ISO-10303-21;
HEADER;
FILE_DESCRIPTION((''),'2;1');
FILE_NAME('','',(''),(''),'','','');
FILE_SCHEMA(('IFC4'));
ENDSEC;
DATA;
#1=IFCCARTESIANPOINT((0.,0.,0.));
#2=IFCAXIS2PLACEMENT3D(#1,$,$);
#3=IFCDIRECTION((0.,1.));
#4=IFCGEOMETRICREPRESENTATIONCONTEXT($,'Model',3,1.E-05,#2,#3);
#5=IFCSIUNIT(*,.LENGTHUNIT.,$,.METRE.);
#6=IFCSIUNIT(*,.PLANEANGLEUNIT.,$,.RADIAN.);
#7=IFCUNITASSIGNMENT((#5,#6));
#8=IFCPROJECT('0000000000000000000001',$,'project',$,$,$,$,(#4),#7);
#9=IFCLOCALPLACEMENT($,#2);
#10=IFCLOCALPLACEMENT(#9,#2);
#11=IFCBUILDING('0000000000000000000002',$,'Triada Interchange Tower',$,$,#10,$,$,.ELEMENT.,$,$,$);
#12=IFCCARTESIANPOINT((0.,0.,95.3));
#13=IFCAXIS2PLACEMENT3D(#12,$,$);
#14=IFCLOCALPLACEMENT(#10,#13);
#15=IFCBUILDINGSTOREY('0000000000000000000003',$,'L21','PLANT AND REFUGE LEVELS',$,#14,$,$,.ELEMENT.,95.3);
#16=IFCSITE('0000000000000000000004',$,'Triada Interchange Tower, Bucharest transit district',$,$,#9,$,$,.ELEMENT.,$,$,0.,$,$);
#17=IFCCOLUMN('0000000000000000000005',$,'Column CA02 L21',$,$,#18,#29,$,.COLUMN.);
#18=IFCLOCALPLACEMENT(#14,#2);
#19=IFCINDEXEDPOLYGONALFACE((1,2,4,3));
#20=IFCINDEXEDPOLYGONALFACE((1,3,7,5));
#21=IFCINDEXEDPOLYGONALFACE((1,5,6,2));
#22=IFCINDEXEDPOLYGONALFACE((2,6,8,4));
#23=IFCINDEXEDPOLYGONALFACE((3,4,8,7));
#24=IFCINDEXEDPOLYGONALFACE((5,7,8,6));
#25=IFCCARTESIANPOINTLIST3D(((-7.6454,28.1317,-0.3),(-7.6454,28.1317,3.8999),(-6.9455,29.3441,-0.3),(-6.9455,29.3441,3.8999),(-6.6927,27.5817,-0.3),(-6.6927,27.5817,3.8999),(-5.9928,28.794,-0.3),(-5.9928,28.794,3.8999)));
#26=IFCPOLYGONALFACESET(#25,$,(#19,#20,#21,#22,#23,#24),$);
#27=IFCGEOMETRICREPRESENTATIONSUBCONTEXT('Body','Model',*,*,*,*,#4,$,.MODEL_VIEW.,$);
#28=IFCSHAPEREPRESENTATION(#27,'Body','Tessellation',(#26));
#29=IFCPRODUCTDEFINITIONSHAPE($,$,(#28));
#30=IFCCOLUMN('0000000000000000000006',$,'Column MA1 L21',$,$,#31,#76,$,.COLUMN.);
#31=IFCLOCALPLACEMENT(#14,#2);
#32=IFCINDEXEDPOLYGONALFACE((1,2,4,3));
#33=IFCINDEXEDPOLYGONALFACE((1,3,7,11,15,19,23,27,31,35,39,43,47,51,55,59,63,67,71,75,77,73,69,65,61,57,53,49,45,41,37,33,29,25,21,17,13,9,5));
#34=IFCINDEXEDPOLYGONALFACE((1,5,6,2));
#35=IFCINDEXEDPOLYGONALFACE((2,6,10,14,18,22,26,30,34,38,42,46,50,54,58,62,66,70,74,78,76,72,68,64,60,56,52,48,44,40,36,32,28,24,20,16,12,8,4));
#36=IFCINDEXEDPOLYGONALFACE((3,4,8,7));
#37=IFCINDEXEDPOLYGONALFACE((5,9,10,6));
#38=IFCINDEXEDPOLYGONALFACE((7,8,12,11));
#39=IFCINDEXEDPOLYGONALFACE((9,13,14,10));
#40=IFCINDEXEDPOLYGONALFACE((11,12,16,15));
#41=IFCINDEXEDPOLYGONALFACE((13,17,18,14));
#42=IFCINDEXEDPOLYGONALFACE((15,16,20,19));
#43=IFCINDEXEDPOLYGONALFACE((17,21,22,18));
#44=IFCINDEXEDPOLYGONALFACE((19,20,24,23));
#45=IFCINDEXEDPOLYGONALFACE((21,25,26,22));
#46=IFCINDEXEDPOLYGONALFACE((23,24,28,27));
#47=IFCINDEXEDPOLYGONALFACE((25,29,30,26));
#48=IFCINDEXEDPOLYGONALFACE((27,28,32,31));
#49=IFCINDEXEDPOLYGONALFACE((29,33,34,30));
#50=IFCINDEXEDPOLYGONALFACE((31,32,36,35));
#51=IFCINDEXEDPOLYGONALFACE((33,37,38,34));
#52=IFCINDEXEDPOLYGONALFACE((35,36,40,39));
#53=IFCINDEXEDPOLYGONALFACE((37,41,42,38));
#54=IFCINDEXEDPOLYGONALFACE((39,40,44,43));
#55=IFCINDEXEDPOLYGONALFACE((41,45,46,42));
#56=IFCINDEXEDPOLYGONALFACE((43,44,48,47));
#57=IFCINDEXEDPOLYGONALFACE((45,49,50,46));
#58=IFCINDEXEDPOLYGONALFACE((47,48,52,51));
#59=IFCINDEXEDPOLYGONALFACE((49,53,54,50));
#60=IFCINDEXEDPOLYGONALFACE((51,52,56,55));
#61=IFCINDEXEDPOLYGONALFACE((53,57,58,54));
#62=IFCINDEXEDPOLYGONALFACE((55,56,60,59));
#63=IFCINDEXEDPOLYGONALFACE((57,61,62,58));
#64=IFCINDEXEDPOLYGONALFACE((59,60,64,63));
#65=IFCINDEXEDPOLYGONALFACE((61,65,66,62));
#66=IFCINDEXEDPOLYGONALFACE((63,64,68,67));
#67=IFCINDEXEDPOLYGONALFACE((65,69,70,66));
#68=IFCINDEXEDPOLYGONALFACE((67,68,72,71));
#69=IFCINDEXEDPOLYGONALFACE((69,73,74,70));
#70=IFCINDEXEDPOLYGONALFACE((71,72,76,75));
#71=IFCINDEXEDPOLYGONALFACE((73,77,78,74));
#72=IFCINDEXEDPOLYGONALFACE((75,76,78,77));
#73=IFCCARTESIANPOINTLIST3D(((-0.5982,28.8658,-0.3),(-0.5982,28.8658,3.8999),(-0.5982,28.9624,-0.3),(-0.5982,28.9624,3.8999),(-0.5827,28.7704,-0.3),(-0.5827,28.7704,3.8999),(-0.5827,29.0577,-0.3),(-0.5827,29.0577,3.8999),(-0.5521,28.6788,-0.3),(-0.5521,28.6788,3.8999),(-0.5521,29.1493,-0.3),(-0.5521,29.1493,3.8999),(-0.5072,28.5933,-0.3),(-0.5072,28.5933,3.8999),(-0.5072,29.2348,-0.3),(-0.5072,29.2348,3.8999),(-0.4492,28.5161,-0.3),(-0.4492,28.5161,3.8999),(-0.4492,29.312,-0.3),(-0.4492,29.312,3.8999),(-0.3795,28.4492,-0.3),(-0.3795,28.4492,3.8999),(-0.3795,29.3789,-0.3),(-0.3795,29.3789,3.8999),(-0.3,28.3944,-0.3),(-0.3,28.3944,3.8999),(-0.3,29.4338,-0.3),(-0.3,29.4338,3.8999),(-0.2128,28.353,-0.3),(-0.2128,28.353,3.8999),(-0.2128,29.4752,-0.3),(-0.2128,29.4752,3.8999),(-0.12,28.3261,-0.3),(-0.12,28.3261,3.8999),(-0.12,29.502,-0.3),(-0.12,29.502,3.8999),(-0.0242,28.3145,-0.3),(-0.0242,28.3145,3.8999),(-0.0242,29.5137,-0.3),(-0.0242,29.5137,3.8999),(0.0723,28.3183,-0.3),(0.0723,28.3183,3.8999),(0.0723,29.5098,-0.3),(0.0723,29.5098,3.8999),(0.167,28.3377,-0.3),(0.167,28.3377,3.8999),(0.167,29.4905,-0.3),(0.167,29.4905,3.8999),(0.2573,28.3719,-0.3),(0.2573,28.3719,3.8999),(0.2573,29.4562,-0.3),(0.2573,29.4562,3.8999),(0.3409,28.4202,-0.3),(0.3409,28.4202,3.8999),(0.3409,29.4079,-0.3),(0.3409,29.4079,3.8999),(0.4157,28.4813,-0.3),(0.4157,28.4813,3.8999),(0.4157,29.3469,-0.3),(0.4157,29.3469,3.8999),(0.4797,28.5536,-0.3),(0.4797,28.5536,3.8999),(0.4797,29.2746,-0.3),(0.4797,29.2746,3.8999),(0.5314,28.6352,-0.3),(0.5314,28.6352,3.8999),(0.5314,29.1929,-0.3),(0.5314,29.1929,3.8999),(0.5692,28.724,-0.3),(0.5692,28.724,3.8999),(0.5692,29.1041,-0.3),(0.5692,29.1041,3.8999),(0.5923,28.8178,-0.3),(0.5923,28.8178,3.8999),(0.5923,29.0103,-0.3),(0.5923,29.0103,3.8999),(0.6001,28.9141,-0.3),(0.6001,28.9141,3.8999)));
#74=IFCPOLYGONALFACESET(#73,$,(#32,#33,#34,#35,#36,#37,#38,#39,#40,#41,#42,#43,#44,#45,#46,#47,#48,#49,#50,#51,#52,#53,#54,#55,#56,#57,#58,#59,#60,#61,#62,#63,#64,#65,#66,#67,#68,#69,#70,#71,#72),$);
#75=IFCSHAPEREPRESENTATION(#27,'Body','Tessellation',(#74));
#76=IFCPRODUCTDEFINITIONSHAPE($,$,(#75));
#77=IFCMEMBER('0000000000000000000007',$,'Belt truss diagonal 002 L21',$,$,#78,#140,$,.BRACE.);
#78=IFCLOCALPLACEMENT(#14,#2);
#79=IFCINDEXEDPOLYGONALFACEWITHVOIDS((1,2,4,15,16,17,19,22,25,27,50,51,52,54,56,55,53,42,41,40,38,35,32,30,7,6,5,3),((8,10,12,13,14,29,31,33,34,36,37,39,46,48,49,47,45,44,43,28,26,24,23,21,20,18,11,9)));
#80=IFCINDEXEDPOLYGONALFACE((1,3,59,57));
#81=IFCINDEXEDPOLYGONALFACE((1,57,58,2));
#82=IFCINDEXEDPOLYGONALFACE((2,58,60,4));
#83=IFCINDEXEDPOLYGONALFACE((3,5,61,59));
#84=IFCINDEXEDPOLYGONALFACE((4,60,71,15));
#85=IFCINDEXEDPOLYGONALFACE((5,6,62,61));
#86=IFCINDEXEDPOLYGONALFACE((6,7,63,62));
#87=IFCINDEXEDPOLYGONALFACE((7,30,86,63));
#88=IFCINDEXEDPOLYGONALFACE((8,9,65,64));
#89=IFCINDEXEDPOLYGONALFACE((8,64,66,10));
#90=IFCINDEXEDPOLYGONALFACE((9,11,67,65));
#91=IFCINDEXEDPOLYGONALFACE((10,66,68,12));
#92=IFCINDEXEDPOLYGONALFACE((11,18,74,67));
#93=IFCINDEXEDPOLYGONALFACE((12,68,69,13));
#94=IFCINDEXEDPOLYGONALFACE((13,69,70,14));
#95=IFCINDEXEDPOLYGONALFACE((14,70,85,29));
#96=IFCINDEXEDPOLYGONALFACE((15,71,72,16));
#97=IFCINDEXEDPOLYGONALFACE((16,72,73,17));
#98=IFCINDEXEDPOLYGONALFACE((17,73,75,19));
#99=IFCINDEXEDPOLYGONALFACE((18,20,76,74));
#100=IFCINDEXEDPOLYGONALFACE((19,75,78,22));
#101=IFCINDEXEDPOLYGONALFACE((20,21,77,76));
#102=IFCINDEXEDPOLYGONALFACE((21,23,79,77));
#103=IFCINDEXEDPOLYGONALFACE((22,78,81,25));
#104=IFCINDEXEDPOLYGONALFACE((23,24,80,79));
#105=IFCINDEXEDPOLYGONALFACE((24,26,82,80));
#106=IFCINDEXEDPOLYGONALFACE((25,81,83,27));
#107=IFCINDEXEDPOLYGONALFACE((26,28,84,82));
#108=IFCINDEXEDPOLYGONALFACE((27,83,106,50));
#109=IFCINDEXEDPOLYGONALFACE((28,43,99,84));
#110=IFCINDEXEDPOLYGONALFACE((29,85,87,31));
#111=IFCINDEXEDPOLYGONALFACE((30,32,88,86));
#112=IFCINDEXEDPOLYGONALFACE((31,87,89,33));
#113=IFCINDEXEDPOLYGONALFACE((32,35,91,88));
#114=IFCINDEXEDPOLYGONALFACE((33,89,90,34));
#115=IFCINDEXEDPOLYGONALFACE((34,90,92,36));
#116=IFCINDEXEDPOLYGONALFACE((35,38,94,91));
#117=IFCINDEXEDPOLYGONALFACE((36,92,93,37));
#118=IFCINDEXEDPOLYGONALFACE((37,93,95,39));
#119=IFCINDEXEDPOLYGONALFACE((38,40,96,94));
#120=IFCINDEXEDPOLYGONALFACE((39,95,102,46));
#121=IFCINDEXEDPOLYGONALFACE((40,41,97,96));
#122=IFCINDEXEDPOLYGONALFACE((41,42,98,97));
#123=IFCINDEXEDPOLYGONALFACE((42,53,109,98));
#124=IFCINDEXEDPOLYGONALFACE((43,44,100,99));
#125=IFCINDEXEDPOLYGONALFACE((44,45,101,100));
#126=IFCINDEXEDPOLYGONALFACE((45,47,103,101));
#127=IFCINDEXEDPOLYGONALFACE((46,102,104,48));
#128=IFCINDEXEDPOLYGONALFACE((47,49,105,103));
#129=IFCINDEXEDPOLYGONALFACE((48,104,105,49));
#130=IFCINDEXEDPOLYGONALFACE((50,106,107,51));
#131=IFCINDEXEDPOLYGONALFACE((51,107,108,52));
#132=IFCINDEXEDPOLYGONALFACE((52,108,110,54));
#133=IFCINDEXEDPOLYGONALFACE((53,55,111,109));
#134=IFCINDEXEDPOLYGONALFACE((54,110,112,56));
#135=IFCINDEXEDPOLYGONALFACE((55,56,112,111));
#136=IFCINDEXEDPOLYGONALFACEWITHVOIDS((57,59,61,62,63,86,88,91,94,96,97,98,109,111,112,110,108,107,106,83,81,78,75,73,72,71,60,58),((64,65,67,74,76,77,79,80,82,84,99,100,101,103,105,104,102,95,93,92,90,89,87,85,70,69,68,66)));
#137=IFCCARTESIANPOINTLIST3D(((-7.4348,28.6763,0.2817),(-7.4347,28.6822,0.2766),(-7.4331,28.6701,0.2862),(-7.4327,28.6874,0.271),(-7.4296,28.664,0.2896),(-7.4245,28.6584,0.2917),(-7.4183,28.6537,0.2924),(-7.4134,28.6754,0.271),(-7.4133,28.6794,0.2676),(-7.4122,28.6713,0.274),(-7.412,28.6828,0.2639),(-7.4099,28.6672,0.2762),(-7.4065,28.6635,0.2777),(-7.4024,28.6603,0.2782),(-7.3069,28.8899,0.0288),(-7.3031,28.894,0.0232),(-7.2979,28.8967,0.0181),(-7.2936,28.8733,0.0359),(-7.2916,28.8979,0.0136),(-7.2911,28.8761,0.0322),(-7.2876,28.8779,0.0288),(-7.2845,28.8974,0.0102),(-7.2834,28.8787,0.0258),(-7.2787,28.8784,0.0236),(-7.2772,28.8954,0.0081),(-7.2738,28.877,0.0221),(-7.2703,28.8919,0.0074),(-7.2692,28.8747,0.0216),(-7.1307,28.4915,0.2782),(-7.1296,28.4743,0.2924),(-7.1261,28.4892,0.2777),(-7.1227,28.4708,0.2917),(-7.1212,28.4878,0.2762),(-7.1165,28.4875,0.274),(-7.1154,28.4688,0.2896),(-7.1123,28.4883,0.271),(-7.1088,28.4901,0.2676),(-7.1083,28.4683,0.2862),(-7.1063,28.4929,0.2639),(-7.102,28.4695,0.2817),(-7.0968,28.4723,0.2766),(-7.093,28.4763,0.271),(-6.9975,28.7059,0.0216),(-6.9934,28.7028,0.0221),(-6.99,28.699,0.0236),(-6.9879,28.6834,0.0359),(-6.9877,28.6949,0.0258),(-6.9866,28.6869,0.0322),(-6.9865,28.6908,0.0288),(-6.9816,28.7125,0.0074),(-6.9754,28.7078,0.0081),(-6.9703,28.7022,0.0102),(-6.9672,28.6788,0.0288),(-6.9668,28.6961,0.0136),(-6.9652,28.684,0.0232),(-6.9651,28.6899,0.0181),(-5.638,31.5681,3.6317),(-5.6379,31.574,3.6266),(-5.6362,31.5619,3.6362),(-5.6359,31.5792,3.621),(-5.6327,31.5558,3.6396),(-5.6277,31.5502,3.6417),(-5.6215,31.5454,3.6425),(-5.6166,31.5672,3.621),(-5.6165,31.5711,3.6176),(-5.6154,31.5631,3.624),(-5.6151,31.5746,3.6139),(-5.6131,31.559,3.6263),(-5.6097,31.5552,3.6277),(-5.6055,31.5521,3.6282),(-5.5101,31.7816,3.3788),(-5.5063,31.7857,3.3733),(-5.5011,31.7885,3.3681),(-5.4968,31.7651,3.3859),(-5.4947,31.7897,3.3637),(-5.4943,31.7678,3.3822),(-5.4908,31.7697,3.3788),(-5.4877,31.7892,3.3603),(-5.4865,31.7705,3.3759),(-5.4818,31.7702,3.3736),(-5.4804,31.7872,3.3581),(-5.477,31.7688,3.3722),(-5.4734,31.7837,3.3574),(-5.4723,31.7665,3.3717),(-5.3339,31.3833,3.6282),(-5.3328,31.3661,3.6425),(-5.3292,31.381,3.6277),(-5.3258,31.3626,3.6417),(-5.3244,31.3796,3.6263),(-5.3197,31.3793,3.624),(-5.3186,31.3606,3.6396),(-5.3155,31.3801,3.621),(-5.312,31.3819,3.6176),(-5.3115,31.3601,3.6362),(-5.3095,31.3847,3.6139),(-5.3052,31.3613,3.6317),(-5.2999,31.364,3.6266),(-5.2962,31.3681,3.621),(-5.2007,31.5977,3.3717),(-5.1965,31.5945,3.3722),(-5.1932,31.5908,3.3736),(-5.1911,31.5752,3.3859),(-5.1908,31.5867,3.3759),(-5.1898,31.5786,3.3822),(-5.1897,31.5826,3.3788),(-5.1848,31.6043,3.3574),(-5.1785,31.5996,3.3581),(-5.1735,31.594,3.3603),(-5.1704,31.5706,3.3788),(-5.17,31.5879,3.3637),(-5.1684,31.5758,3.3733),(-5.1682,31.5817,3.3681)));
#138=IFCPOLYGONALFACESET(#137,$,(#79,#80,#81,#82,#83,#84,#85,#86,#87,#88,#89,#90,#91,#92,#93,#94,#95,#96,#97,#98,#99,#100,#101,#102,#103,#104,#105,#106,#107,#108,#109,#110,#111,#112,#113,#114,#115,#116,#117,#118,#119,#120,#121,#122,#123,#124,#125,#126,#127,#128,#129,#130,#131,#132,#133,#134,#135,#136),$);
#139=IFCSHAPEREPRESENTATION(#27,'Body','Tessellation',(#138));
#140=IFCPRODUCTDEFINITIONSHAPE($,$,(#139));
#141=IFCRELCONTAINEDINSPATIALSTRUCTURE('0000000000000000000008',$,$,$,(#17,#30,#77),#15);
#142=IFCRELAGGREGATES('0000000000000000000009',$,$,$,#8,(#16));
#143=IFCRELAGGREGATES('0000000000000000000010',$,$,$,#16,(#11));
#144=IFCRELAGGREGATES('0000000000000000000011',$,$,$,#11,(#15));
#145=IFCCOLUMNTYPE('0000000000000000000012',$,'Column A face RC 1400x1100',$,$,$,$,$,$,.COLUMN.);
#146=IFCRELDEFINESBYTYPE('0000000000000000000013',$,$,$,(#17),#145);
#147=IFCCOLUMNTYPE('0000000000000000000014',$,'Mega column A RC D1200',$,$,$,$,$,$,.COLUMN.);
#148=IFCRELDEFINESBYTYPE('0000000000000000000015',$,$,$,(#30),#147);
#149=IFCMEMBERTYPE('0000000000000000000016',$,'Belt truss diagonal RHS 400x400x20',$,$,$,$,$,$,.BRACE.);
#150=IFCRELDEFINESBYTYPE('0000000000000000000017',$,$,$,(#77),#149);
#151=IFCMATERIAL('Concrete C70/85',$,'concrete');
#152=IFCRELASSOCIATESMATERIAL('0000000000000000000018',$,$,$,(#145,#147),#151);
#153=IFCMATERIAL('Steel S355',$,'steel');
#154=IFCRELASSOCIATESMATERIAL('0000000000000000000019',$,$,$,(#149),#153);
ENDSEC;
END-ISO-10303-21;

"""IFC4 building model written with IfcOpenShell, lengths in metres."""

from ifc_helpers import new_model, si_unit, direction, frame, origin, origin_2d, place, context, subcontext, project, spatial, rectangle, hollow_rectangle, circle, extrude, material, material_profile, profile_set, type_object, element, save


model = new_model("IFC4")

# Units and contexts
model_context = context("Model", 3, precision=1e-05, world=origin(), true_north=direction((0.0, 1.0)))
body_context = subcontext(model_context, "Body", "Model", "MODEL_VIEW")
ifc_project = project(units=[si_unit("LENGTHUNIT", "METRE"), si_unit("PLANEANGLEUNIT", "RADIAN")], contexts=[model_context])

# Site, building, storey
site_placement = place(None, origin())
site = spatial("IfcSite", under=ifc_project, at=site_placement, Name="Triada Interchange Tower, Bucharest transit district", CompositionType="ELEMENT", RefElevation=0.0)
building_placement = place(site_placement, origin())
building = spatial("IfcBuilding", under=site, at=building_placement, Name="Triada Interchange Tower", CompositionType="ELEMENT")
storey_placement = place(building_placement, frame((0.0, 0.0, 95.3)))
storey = spatial("IfcBuildingStorey", under=building, at=storey_placement, Name="L21", Description="PLANT AND REFUGE LEVELS", CompositionType="ELEMENT", Elevation=95.3)

# Columns
ifc_material_1 = material(Name="Concrete C70/85", Category="concrete")
ifc_material_profile_1 = material_profile(ifc_material_1, rectangle(XDim=1.3999, YDim=1.1001, at=origin_2d()), Name="RC 1400x1100")
ifc_profile_set_1 = profile_set([ifc_material_profile_1], Name="Concrete C70/85")
column_type_1 = type_object("IfcColumnType", Name="Column A face RC 1400x1100", PredefinedType="COLUMN", material=ifc_profile_set_1)
column_1_placement = place(storey_placement, frame((-6.8191, 28.4629, -0.3), z_axis=(0.0, 0.0, 1.0), x_axis=(0.5, 0.866025, 0.0)))
element("IfcColumn", 1, at=column_1_placement, inside=storey, type_object=column_type_1, Name="Column CA02 L21", PredefinedType="COLUMN", context=body_context, shape_type="SweptSolid", body=[
    extrude(rectangle(XDim=1.3999, YDim=1.1001, at=origin_2d()), origin(), (0.0, 0.0, 1.0), 4.2),
])
ifc_material_profile_2 = material_profile(ifc_material_1, circle(Radius=0.6001, at=origin_2d()), Name="RC D1200")
ifc_profile_set_2 = profile_set([ifc_material_profile_2], Name="Concrete C70/85")
column_type_2 = type_object("IfcColumnType", Name="Mega column A RC D1200", PredefinedType="COLUMN", material=ifc_profile_set_2)
column_2_placement = place(storey_placement, frame((0.0, 28.9141, -0.3), z_axis=(0.0, 0.0, 1.0), x_axis=(1.0, 0.0, 0.0)))
element("IfcColumn", 2, at=column_2_placement, inside=storey, type_object=column_type_2, Name="Column MA1 L21", PredefinedType="COLUMN", context=body_context, shape_type="SweptSolid", body=[
    extrude(circle(Radius=0.6001, at=origin_2d()), origin(), (0.0, 0.0, 1.0), 4.2),
])

# Member
ifc_material_2 = material(Name="Steel S355", Category="steel")
ifc_material_profile_3 = material_profile(ifc_material_2, hollow_rectangle(XDim=0.3999, YDim=0.3999, WallThickness=0.02, InnerFilletRadius=0.02, OuterFilletRadius=0.03, at=origin_2d()), Name="RHS 400x400x20")
ifc_profile_set_3 = profile_set([ifc_material_profile_3], Name="Steel S355")
member_type = type_object("IfcMemberType", Name="Belt truss diagonal RHS 400x400x20", PredefinedType="BRACE", material=ifc_profile_set_3)
member_1_placement = place(storey_placement, frame((-7.2, 28.6831, 0.1499), z_axis=(0.376193, 0.605435, 0.701375), x_axis=(-0.849385, 0.527773, 0.0)))
element("IfcMember", 3, at=member_1_placement, inside=storey, type_object=member_type, Name="Belt truss diagonal 002 L21", PredefinedType="BRACE", context=body_context, shape_type="SweptSolid", body=[
    extrude(hollow_rectangle(XDim=0.3999, YDim=0.3999, WallThickness=0.02, InnerFilletRadius=0.02, OuterFilletRadius=0.03, at=origin_2d()), origin(), (0.0, 0.0, 1.0), 4.7764),
])

save(model, "model.ifc")
